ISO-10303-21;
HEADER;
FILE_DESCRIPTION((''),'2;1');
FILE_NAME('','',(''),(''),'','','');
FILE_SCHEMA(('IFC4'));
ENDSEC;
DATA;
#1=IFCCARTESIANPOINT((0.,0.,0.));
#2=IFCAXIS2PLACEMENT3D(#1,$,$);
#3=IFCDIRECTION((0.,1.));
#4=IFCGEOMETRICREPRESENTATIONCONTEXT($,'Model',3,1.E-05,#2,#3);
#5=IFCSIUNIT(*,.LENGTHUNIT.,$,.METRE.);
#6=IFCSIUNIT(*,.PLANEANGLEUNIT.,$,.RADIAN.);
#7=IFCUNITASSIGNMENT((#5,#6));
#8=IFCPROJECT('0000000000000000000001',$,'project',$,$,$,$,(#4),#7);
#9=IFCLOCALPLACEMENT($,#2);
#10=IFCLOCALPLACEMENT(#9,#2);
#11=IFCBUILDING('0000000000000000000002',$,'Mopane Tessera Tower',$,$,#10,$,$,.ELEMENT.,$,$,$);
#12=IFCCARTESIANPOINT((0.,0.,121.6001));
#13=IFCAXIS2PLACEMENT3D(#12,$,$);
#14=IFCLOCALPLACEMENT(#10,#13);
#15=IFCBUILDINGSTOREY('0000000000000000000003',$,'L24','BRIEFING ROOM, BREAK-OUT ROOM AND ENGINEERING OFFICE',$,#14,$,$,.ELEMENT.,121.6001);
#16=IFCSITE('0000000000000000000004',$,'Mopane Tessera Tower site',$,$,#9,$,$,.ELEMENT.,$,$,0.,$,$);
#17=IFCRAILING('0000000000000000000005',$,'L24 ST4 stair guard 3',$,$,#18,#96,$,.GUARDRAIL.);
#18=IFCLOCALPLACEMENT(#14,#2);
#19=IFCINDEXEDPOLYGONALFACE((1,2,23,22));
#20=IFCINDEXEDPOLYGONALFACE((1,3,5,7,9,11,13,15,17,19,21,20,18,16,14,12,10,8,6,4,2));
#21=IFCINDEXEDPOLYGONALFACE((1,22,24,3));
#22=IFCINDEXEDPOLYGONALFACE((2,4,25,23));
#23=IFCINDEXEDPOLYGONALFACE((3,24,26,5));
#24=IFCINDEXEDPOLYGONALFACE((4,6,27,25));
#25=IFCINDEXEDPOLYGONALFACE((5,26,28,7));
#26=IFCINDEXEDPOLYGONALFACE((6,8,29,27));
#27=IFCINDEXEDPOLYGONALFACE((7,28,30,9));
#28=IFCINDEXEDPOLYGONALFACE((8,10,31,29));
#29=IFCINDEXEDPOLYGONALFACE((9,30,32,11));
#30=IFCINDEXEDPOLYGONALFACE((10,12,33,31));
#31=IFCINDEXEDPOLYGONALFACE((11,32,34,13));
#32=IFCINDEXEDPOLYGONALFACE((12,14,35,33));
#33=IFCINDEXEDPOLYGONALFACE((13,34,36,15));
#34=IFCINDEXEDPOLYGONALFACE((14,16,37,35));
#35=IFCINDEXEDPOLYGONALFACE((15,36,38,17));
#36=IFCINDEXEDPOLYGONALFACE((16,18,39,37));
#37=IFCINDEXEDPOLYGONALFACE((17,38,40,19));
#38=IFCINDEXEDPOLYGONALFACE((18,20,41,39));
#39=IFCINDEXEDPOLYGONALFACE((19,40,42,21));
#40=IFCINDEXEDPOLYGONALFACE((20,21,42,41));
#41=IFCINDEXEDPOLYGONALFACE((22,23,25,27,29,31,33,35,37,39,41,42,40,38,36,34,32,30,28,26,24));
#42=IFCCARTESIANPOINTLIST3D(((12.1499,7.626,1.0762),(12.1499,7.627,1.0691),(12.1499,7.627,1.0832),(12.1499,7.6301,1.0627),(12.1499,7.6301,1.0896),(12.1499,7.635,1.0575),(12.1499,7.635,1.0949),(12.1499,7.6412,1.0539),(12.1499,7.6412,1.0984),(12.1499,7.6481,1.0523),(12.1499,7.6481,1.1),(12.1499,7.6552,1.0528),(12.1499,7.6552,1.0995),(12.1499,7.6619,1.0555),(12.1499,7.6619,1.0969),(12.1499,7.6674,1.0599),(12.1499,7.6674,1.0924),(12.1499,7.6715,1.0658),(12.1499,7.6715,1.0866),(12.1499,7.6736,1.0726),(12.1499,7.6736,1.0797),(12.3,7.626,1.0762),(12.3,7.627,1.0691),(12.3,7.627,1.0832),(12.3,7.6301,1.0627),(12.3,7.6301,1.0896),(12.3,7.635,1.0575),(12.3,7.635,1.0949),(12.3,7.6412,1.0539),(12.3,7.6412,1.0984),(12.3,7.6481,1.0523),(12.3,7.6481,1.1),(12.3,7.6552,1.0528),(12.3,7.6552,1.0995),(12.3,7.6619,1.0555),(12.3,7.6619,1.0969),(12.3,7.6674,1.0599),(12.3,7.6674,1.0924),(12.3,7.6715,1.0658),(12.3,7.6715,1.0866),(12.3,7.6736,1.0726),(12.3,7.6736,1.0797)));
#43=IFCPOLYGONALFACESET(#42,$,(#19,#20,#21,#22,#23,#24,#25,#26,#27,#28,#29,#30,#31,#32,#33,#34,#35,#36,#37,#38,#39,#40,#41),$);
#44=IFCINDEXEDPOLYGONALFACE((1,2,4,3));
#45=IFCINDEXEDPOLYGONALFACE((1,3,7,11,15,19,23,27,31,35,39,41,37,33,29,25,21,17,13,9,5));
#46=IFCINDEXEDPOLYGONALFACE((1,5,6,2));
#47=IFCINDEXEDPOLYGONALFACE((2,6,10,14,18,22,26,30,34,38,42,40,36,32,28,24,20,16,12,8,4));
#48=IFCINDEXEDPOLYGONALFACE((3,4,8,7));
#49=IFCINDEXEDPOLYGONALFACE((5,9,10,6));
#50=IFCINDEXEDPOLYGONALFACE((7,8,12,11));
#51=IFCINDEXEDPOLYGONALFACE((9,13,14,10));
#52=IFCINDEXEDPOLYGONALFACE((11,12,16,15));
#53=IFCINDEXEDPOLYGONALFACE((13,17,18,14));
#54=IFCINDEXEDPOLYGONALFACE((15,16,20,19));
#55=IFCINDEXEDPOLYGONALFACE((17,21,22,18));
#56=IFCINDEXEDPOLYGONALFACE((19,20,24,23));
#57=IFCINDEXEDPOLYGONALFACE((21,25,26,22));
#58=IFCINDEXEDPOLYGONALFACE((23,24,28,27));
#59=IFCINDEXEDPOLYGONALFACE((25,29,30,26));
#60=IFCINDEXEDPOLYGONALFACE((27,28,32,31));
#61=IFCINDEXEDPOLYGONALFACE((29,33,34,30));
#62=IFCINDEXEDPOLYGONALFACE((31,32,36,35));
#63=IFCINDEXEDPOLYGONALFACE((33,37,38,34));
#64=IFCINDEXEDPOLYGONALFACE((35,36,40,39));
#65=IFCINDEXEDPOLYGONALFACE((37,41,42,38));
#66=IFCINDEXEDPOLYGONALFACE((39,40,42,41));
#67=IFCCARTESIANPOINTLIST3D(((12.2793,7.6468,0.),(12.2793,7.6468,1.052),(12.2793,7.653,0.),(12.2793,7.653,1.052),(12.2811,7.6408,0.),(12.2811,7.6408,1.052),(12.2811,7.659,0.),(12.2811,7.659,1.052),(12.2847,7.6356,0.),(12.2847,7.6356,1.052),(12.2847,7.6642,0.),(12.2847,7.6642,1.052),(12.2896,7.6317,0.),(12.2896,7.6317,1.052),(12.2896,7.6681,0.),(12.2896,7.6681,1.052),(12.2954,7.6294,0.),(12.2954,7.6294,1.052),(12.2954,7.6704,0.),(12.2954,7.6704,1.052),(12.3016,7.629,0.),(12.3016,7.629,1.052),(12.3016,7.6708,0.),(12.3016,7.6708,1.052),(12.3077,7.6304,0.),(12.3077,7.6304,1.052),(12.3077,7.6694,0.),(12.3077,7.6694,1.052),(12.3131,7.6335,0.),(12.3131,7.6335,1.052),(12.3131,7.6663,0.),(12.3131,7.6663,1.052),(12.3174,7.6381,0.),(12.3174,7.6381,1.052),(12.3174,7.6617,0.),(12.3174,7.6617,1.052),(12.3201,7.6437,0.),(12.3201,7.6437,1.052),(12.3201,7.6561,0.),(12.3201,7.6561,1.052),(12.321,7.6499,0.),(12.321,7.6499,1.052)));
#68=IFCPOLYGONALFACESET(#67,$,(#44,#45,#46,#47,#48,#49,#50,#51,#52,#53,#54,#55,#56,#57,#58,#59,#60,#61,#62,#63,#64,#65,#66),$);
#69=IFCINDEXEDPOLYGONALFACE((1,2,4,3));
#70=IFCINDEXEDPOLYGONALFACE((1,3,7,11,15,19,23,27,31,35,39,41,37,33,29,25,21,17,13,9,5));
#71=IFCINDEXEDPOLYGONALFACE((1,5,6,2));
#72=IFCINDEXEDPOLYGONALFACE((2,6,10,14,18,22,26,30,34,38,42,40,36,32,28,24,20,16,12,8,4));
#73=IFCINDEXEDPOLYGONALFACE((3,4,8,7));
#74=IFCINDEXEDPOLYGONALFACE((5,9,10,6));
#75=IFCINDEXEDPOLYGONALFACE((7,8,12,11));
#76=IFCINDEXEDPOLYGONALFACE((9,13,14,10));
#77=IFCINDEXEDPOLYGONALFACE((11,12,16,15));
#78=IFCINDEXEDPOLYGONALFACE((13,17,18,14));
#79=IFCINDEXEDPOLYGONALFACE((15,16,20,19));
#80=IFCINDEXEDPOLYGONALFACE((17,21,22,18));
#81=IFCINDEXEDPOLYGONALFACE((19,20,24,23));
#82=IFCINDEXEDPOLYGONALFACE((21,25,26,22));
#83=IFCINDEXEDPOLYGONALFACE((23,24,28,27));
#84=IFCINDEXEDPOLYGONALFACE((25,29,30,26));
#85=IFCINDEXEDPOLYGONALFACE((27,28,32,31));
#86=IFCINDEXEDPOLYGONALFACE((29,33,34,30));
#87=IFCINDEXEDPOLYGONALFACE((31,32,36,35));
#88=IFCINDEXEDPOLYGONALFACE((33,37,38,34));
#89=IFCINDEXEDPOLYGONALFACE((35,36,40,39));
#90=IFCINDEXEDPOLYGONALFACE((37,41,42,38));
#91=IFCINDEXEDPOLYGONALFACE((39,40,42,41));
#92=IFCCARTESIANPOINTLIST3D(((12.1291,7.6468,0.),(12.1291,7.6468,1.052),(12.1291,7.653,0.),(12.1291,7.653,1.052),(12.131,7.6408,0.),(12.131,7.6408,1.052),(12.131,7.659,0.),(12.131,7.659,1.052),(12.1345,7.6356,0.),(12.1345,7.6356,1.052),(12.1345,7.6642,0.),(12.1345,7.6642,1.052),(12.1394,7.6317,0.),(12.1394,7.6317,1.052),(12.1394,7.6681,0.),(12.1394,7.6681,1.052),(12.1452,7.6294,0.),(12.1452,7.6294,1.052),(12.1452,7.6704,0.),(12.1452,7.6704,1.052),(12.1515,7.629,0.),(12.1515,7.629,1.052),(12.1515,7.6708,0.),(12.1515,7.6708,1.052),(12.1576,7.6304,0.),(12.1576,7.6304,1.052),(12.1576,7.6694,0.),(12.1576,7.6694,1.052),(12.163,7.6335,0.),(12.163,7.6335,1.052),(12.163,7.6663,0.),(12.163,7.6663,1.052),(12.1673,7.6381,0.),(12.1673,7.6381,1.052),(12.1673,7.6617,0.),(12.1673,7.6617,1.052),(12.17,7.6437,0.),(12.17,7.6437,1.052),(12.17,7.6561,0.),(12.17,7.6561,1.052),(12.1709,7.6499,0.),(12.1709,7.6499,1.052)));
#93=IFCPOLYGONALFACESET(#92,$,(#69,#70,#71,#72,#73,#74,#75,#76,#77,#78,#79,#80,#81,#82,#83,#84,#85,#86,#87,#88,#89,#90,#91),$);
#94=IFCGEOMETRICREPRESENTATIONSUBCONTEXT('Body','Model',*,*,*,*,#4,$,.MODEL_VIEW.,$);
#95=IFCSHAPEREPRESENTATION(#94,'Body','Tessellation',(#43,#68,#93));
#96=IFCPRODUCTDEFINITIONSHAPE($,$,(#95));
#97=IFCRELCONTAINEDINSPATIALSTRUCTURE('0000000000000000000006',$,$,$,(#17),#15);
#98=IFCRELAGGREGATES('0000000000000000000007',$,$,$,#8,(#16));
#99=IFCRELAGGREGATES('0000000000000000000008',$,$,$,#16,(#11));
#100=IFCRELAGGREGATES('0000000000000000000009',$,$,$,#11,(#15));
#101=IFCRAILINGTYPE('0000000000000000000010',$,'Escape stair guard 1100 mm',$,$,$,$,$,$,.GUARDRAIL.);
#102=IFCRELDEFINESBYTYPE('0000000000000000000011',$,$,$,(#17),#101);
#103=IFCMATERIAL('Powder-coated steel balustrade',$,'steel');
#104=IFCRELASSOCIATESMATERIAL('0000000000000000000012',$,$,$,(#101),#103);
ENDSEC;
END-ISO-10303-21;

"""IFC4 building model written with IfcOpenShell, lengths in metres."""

from ifc_helpers import new_model, si_unit, direction, frame, origin, origin_2d, place, context, subcontext, project, spatial, circle, extrude, material, type_object, element, save


model = new_model("IFC4")

# Units and contexts
model_context = context("Model", 3, precision=1e-05, world=origin(), true_north=direction((0.0, 1.0)))
body_context = subcontext(model_context, "Body", "Model", "MODEL_VIEW")
ifc_project = project(units=[si_unit("LENGTHUNIT", "METRE"), si_unit("PLANEANGLEUNIT", "RADIAN")], contexts=[model_context])

# Site, building, storey
site_placement = place(None, origin())
site = spatial("IfcSite", under=ifc_project, at=site_placement, Name="Mopane Tessera Tower site", CompositionType="ELEMENT", RefElevation=0.0)
building_placement = place(site_placement, origin())
building = spatial("IfcBuilding", under=site, at=building_placement, Name="Mopane Tessera Tower", CompositionType="ELEMENT")
storey_placement = place(building_placement, frame((0.0, 0.0, 121.6001)))
storey = spatial("IfcBuildingStorey", under=building, at=storey_placement, Name="L24", Description="BRIEFING ROOM, BREAK-OUT ROOM AND ENGINEERING OFFICE", CompositionType="ELEMENT", Elevation=121.6001)

# Railing
ifc_material_1 = material(Name="Powder-coated steel balustrade", Category="steel")
railing_type_1 = type_object("IfcRailingType", Name="Escape stair guard 1100 mm", PredefinedType="GUARDRAIL", material=ifc_material_1)
railing_1_placement = place(storey_placement, frame((12.3, 7.6499, 0.0)))
element("IfcRailing", 1, at=railing_1_placement, inside=storey, type_object=railing_type_1, Name="L24 ST4 stair guard 3", PredefinedType="GUARDRAIL", context=body_context, shape_type="SweptSolid", body=[
    extrude(circle(Radius=0.0239, at=origin_2d()), frame((0.0, 0.0, 1.0762), z_axis=(-1.0, 0.0, 0.0), x_axis=(0.0, -1.0, 0.0)), (0.0, 0.0, 1.0), 0.1501),
    extrude(circle(Radius=0.021, at=origin_2d()), origin(), (0.0, 0.0, 1.0), 1.052),
    extrude(circle(Radius=0.021, at=origin_2d()), frame((-0.1501, 0.0, 0.0)), (0.0, 0.0, 1.0), 1.052),
])

save(model, "model.ifc")
